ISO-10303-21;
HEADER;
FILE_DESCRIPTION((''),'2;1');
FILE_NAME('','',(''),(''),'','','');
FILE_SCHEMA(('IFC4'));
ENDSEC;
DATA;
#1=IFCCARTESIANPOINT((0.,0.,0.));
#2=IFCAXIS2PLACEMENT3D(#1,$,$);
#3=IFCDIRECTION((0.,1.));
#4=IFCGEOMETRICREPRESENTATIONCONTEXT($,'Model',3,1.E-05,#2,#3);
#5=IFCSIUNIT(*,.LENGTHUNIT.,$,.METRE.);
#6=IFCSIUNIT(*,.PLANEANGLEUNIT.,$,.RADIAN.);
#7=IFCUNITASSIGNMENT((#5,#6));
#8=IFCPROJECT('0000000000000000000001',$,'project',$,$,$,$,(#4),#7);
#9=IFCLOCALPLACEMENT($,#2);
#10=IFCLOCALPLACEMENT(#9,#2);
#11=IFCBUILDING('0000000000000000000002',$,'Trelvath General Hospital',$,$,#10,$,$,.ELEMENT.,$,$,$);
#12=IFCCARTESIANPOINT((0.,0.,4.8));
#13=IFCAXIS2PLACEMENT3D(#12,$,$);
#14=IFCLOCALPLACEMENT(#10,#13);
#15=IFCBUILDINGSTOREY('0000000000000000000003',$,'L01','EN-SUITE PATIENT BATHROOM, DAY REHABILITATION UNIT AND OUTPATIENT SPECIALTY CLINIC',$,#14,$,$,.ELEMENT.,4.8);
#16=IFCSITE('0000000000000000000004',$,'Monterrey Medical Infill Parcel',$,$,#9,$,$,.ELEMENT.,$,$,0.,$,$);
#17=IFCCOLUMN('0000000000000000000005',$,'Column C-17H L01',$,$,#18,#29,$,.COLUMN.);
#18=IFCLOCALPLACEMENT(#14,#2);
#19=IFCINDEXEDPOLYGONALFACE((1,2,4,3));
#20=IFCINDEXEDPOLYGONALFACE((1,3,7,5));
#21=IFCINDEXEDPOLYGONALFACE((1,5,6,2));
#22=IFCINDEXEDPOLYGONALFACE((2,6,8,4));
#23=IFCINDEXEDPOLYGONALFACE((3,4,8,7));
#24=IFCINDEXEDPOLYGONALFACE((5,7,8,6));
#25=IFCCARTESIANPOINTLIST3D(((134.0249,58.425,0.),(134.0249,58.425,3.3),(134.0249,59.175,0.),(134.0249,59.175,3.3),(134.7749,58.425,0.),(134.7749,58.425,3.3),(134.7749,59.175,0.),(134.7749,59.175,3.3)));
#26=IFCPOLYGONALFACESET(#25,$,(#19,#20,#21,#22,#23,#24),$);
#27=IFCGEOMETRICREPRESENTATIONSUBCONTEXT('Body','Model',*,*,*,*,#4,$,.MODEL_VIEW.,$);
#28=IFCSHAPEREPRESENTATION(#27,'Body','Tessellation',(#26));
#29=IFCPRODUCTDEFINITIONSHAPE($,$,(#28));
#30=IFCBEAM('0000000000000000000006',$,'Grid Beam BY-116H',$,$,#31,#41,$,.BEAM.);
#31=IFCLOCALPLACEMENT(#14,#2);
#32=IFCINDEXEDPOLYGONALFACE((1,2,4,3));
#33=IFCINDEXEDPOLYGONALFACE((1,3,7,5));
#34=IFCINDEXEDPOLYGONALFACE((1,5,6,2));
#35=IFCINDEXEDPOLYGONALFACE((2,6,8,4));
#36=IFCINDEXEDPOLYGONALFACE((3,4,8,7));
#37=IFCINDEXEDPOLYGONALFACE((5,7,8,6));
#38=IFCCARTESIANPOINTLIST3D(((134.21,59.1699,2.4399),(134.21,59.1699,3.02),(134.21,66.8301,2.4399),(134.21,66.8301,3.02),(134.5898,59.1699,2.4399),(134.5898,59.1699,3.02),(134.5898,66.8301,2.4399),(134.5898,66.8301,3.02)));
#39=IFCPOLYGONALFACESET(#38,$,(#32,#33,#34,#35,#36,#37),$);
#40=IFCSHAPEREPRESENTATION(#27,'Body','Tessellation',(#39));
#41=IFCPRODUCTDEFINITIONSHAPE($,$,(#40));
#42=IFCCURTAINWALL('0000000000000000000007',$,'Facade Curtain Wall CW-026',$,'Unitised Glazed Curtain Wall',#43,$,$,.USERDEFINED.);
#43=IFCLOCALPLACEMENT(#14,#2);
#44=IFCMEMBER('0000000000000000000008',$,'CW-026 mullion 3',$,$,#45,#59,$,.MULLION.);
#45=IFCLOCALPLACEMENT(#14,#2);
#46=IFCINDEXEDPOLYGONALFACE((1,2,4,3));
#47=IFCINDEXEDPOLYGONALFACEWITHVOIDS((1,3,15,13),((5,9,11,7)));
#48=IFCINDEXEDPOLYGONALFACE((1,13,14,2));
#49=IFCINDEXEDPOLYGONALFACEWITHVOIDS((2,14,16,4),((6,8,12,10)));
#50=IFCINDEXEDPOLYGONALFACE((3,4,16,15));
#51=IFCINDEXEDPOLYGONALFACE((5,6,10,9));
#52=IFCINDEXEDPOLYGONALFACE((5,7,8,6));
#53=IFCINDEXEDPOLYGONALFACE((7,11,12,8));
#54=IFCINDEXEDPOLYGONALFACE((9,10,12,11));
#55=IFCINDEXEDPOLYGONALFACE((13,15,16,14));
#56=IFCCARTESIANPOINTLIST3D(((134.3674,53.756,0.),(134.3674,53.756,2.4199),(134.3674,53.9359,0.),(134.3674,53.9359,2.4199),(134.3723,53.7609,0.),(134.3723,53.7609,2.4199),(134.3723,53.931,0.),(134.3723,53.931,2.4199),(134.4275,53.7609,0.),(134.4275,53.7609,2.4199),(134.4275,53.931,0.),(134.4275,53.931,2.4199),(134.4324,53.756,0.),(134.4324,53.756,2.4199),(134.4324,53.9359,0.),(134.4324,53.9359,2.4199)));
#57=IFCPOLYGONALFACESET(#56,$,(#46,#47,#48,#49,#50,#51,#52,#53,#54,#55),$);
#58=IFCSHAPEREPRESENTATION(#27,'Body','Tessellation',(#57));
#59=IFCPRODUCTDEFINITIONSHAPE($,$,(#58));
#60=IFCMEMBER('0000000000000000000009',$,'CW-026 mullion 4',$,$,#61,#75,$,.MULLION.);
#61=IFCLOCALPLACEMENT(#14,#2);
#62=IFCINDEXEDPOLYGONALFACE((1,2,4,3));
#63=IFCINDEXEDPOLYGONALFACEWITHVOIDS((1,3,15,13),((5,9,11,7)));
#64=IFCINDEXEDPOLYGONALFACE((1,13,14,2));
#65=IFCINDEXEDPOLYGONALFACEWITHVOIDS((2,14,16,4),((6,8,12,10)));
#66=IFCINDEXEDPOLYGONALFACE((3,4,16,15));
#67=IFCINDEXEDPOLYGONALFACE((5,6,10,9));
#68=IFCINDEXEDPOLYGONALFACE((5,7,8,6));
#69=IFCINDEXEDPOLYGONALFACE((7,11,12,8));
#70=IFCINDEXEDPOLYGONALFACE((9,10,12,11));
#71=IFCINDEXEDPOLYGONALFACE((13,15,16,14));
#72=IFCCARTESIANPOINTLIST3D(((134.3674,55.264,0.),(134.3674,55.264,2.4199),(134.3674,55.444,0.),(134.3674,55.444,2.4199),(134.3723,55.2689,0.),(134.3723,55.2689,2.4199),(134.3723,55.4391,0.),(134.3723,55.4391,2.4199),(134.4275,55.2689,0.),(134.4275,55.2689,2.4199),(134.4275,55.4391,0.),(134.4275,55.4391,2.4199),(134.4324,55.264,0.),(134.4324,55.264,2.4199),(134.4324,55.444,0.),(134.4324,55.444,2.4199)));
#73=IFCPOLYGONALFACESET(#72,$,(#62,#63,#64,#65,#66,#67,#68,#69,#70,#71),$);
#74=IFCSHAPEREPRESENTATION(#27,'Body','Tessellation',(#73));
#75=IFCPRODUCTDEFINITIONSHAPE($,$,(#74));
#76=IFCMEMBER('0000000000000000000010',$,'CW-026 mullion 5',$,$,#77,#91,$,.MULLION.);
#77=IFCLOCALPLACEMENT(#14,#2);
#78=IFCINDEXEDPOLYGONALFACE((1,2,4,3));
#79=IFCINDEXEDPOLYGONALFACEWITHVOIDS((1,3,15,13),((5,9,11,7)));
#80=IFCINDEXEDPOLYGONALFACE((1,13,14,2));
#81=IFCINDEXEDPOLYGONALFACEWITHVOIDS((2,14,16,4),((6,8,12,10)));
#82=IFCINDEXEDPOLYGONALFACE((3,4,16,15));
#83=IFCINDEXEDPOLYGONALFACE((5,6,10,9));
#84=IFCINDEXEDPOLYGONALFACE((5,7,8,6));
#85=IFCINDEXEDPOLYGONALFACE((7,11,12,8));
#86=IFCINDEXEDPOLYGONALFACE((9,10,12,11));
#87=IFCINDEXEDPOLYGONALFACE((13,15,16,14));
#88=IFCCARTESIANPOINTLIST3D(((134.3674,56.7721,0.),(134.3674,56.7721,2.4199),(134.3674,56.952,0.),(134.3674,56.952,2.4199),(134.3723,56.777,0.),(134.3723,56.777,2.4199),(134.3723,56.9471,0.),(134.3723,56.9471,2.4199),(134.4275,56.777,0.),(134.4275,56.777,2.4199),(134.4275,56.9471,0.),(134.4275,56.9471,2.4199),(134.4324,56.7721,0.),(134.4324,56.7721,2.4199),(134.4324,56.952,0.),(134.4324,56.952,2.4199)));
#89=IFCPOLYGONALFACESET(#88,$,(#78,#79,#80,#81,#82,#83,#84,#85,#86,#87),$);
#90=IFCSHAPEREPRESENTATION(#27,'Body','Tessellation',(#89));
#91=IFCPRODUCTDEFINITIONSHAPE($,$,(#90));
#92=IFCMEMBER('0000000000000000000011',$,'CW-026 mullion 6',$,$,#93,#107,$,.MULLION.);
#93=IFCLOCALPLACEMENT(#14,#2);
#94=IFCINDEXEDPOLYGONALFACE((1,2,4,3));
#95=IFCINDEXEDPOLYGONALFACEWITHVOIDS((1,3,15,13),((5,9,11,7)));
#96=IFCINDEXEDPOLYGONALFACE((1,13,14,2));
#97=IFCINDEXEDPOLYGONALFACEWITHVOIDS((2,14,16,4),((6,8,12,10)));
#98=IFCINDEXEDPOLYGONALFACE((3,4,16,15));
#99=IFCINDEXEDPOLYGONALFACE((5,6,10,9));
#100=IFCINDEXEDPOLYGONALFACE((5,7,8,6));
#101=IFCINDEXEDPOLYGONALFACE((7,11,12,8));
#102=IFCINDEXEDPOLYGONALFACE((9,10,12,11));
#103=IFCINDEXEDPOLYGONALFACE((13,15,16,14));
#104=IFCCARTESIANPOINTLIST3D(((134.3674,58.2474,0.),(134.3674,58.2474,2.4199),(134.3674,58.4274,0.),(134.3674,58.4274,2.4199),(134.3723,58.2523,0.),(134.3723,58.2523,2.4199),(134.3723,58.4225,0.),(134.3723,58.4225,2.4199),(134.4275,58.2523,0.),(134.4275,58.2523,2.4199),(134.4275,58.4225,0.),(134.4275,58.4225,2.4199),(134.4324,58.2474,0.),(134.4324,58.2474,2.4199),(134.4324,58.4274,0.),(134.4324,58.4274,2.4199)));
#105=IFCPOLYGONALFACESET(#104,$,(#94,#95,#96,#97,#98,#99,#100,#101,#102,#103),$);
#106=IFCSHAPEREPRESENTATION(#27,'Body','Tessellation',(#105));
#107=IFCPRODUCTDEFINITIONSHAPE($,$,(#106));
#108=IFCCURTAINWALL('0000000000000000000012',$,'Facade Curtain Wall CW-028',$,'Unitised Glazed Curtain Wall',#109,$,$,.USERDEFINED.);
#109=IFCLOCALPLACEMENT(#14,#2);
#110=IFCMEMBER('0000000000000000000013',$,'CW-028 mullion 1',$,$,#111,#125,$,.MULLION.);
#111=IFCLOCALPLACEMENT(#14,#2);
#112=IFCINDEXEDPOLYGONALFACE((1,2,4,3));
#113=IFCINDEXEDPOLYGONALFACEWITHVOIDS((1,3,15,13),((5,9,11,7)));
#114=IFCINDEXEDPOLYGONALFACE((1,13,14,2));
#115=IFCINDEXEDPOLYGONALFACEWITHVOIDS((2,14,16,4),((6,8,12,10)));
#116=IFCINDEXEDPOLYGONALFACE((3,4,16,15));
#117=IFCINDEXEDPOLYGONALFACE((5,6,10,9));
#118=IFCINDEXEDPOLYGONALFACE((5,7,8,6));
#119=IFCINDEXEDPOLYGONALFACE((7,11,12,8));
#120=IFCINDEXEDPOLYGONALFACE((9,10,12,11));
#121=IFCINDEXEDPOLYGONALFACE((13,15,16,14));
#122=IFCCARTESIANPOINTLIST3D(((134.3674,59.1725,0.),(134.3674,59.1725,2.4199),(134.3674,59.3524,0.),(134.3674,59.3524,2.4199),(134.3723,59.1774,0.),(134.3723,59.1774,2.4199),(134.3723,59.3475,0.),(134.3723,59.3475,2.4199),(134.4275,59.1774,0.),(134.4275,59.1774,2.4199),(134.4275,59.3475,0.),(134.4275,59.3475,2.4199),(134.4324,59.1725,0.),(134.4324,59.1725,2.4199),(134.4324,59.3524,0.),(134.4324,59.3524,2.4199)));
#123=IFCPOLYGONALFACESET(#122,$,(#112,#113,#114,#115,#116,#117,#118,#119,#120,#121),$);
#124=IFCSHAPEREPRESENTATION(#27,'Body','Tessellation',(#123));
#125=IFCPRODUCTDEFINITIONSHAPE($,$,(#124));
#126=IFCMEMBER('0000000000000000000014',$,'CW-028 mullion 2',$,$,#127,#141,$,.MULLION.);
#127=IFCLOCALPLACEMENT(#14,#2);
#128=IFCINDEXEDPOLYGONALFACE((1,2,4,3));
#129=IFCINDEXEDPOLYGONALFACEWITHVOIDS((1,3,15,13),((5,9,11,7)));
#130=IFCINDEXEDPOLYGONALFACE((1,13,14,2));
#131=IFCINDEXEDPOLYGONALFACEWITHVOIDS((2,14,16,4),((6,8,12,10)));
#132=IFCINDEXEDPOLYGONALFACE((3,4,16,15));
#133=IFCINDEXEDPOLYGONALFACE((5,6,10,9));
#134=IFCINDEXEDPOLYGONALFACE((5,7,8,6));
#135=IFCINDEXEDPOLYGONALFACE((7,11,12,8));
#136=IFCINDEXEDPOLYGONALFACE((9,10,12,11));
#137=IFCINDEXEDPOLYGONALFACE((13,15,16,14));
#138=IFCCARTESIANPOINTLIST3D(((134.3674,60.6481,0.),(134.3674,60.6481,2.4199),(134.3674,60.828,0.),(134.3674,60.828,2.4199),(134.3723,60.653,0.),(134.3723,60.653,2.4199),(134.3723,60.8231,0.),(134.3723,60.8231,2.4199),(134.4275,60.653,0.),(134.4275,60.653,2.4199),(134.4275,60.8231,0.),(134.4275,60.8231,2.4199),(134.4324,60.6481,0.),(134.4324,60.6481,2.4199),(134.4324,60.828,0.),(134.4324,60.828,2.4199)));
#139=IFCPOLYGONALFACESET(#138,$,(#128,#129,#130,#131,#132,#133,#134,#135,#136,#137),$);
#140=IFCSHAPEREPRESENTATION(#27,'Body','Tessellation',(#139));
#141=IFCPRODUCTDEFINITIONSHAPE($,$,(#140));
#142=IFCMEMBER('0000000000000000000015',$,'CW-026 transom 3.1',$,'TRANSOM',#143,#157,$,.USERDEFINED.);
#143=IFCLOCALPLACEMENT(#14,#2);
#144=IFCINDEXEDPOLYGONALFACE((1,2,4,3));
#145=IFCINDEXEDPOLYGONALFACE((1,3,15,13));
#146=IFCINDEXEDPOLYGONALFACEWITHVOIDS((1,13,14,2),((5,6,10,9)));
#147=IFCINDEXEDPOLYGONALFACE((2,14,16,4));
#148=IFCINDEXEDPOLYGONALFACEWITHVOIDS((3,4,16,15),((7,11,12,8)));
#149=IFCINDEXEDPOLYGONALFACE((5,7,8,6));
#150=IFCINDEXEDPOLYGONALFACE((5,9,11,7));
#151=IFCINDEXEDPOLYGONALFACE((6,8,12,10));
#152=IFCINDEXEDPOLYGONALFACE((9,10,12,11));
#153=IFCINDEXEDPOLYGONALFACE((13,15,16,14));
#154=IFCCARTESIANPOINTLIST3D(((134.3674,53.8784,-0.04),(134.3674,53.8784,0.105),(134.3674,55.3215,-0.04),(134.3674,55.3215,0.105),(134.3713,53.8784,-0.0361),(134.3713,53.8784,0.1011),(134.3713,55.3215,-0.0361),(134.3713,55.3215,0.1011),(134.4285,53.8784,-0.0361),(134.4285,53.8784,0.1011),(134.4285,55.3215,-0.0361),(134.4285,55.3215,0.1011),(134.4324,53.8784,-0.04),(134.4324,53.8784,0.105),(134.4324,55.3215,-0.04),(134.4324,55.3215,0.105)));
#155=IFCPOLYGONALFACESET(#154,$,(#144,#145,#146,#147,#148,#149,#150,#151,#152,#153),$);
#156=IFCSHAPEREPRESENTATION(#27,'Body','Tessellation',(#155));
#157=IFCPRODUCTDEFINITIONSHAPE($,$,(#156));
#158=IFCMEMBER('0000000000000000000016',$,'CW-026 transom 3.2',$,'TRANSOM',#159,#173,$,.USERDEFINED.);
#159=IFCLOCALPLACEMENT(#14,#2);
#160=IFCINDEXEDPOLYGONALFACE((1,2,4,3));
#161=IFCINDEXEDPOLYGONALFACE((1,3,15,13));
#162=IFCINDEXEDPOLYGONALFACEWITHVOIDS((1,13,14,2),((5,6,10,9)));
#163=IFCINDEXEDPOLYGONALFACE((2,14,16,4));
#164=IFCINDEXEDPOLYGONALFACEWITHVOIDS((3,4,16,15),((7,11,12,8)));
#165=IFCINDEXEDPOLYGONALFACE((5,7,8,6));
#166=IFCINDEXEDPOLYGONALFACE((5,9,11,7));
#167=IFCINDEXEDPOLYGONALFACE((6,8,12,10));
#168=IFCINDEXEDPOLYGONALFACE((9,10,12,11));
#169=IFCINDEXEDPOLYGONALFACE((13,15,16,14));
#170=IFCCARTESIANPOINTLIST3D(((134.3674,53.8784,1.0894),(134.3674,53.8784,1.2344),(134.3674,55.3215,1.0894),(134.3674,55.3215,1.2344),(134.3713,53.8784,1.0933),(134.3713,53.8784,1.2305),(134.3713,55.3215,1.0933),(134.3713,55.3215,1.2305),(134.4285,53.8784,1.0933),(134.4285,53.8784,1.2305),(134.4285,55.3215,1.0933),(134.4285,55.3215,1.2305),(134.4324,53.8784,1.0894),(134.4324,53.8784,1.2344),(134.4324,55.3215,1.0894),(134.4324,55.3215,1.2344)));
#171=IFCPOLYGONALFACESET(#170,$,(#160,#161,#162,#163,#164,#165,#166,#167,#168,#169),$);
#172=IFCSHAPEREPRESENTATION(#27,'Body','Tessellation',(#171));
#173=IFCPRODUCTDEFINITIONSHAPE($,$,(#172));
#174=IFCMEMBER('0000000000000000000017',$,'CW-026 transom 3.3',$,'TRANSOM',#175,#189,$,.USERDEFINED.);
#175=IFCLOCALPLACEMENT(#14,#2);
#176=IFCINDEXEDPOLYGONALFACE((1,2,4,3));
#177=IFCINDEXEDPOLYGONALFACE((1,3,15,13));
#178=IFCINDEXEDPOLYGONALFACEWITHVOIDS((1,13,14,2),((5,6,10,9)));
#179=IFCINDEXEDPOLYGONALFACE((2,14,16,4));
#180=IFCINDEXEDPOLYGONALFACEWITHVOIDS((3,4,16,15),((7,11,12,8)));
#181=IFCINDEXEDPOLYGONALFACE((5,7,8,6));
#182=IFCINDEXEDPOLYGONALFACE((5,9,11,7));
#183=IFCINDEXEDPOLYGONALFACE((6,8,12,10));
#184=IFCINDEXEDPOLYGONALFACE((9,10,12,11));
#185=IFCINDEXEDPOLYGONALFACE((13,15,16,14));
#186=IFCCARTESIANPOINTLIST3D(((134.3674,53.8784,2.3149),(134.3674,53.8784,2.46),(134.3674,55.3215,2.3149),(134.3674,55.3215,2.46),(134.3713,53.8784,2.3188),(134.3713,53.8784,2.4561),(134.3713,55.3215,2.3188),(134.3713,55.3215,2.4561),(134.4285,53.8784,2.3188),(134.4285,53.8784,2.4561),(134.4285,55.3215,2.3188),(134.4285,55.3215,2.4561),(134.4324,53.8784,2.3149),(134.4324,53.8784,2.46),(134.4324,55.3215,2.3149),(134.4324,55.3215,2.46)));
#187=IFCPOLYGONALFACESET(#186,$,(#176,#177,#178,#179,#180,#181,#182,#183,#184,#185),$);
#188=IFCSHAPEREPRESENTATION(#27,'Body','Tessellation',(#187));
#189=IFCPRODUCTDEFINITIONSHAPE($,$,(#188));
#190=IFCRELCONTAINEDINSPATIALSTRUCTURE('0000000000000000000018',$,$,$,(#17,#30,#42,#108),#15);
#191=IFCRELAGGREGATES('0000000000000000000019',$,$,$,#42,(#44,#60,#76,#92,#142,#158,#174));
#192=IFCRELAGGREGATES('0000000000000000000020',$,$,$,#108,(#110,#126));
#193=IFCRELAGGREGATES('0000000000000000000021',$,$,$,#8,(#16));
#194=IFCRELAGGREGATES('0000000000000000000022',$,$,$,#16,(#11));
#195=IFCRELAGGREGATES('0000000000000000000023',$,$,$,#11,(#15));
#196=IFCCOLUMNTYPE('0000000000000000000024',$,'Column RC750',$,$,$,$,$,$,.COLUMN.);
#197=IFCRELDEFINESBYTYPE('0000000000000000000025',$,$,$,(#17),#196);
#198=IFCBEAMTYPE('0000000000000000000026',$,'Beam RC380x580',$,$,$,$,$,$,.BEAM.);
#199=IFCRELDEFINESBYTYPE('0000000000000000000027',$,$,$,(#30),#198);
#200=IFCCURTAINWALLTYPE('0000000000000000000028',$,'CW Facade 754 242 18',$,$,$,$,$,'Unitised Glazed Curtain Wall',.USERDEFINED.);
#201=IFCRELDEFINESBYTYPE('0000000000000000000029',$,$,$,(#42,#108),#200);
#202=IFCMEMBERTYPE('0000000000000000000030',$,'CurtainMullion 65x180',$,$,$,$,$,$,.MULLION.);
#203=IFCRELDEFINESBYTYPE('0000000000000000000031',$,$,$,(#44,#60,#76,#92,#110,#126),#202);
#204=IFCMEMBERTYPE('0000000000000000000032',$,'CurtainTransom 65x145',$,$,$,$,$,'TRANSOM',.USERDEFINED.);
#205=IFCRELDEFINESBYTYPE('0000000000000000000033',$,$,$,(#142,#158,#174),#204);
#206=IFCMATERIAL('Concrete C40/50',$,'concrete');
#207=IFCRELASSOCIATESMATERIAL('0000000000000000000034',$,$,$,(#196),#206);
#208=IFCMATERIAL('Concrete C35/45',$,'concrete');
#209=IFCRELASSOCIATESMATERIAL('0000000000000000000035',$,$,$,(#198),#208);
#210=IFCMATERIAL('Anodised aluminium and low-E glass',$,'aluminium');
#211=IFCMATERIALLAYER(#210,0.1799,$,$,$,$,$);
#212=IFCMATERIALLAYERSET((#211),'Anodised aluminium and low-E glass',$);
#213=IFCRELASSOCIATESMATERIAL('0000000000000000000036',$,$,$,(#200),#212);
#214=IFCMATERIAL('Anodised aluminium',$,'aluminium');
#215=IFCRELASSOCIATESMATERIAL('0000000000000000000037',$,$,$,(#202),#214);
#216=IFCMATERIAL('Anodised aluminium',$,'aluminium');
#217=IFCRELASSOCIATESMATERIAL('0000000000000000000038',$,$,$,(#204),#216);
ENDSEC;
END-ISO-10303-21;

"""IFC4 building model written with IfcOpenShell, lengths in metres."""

from ifc_helpers import new_model, si_unit, direction, frame, origin, origin_2d, place, context, subcontext, project, spatial, rectangle, hollow_rectangle, extrude, material, layer, layer_set, material_profile, profile_set, type_object, element, aggregate, save


model = new_model("IFC4")

# Units and contexts
model_context = context("Model", 3, precision=1e-05, world=origin(), true_north=direction((0.0, 1.0)))
body_context = subcontext(model_context, "Body", "Model", "MODEL_VIEW")
ifc_project = project(units=[si_unit("LENGTHUNIT", "METRE"), si_unit("PLANEANGLEUNIT", "RADIAN")], contexts=[model_context])

# Site, building, storey
site_placement = place(None, origin())
site = spatial("IfcSite", under=ifc_project, at=site_placement, Name="Monterrey Medical Infill Parcel", CompositionType="ELEMENT", RefElevation=0.0)
building_placement = place(site_placement, origin())
building = spatial("IfcBuilding", under=site, at=building_placement, Name="Trelvath General Hospital", CompositionType="ELEMENT")
storey_placement = place(building_placement, frame((0.0, 0.0, 4.8)))
storey = spatial("IfcBuildingStorey", under=building, at=storey_placement, Name="L01", Description="EN-SUITE PATIENT BATHROOM, DAY REHABILITATION UNIT AND OUTPATIENT SPECIALTY CLINIC", CompositionType="ELEMENT", Elevation=4.8)

# Column
ifc_material_1 = material(Name="Concrete C40/50", Category="concrete")
ifc_material_profile_1 = material_profile(ifc_material_1, rectangle(XDim=0.75, YDim=0.75, at=origin_2d()), Name="RC750x750")
ifc_profile_set_1 = profile_set([ifc_material_profile_1], Name="Concrete C40/50")
column_type = type_object("IfcColumnType", Name="Column RC750", PredefinedType="COLUMN", material=ifc_profile_set_1)
column_placement = place(storey_placement, frame((134.3999, 58.8, 0.0), z_axis=(0.0, 0.0, 1.0), x_axis=(1.0, 0.0, 0.0)))
element("IfcColumn", 1, at=column_placement, inside=storey, type_object=column_type, Name="Column C-17H L01", PredefinedType="COLUMN", context=body_context, shape_type="SweptSolid", body=[
    extrude(rectangle(XDim=0.75, YDim=0.75, at=origin_2d()), origin(), (0.0, 0.0, 1.0), 3.3),
])

# Beam
ifc_material_2 = material(Name="Concrete C35/45", Category="concrete")
ifc_material_profile_2 = material_profile(ifc_material_2, rectangle(XDim=0.3799, YDim=0.5801, at=origin_2d()), Name="RCB380x580")
ifc_profile_set_2 = profile_set([ifc_material_profile_2], Name="Concrete C35/45")
beam_type = type_object("IfcBeamType", Name="Beam RC380x580", PredefinedType="BEAM", material=ifc_profile_set_2)
beam_placement = place(storey_placement, frame((134.3999, 59.1699, 2.73), z_axis=(0.0, 1.0, 0.0), x_axis=(-1.0, 0.0, 0.0)))
element("IfcBeam", 2, at=beam_placement, inside=storey, type_object=beam_type, Name="Grid Beam BY-116H", PredefinedType="BEAM", context=body_context, shape_type="SweptSolid", body=[
    extrude(rectangle(XDim=0.3799, YDim=0.5801, at=origin_2d()), origin(), (0.0, 0.0, 1.0), 7.6602),
])

# Curtain walls, members
ifc_material_3 = material(Name="Anodised aluminium and low-E glass", Category="aluminium")
ifc_layer_1 = layer(ifc_material_3, 0.1799)
ifc_layer_set_1 = layer_set([ifc_layer_1], Name="Anodised aluminium and low-E glass")
curtain_wall_type = type_object("IfcCurtainWallType", Name="CW Facade 754 242 18", ElementType="Unitised Glazed Curtain Wall", PredefinedType="USERDEFINED", material=ifc_layer_set_1)
curtain_wall_1_placement = place(storey_placement, origin())
curtain_wall_1 = element("IfcCurtainWall", 3, at=curtain_wall_1_placement, inside=storey, type_object=curtain_wall_type, Name="Facade Curtain Wall CW-026", ObjectType="Unitised Glazed Curtain Wall", PredefinedType="USERDEFINED")
ifc_material_4 = material(Name="Anodised aluminium", Category="aluminium")
ifc_material_profile_3 = material_profile(ifc_material_4, hollow_rectangle(XDim=0.0649, YDim=0.1799, WallThickness=0.0049, at=origin_2d()), Name="RHS65x180x5")
ifc_profile_set_3 = profile_set([ifc_material_profile_3], Name="Anodised aluminium")
member_type_1 = type_object("IfcMemberType", Name="CurtainMullion 65x180", PredefinedType="MULLION", material=ifc_profile_set_3)
member_1_placement = place(storey_placement, frame((134.3999, 53.8459, 0.0), z_axis=(0.0, 0.0, 1.0), x_axis=(-1.0, 0.0, 0.0)))
member_1 = element("IfcMember", 4, at=member_1_placement, type_object=member_type_1, Name="CW-026 mullion 3", PredefinedType="MULLION", context=body_context, shape_type="SweptSolid", body=[
    extrude(hollow_rectangle(XDim=0.0649, YDim=0.1799, WallThickness=0.0049, at=origin_2d()), origin(), (0.0, 0.0, 1.0), 2.4199),
])
member_2_placement = place(storey_placement, frame((134.3999, 55.354, 0.0), z_axis=(0.0, 0.0, 1.0), x_axis=(-1.0, 0.0, 0.0)))
member_2 = element("IfcMember", 5, at=member_2_placement, type_object=member_type_1, Name="CW-026 mullion 4", PredefinedType="MULLION", context=body_context, shape_type="SweptSolid", body=[
    extrude(hollow_rectangle(XDim=0.0649, YDim=0.1799, WallThickness=0.0049, at=origin_2d()), origin(), (0.0, 0.0, 1.0), 2.4199),
])
member_3_placement = place(storey_placement, frame((134.3999, 56.8621, 0.0), z_axis=(0.0, 0.0, 1.0), x_axis=(-1.0, 0.0, 0.0)))
member_3 = element("IfcMember", 6, at=member_3_placement, type_object=member_type_1, Name="CW-026 mullion 5", PredefinedType="MULLION", context=body_context, shape_type="SweptSolid", body=[
    extrude(hollow_rectangle(XDim=0.0649, YDim=0.1799, WallThickness=0.0049, at=origin_2d()), origin(), (0.0, 0.0, 1.0), 2.4199),
])
member_4_placement = place(storey_placement, frame((134.3999, 58.3374, 0.0), z_axis=(0.0, 0.0, 1.0), x_axis=(-1.0, 0.0, 0.0)))
member_4 = element("IfcMember", 7, at=member_4_placement, type_object=member_type_1, Name="CW-026 mullion 6", PredefinedType="MULLION", context=body_context, shape_type="SweptSolid", body=[
    extrude(hollow_rectangle(XDim=0.0649, YDim=0.1799, WallThickness=0.0049, at=origin_2d()), origin(), (0.0, 0.0, 1.0), 2.4199),
])
curtain_wall_2_placement = place(storey_placement, origin())
curtain_wall_2 = element("IfcCurtainWall", 8, at=curtain_wall_2_placement, inside=storey, type_object=curtain_wall_type, Name="Facade Curtain Wall CW-028", ObjectType="Unitised Glazed Curtain Wall", PredefinedType="USERDEFINED")
member_5_placement = place(storey_placement, frame((134.3999, 59.2625, 0.0), z_axis=(0.0, 0.0, 1.0), x_axis=(-1.0, 0.0, 0.0)))
member_5 = element("IfcMember", 9, at=member_5_placement, type_object=member_type_1, Name="CW-028 mullion 1", PredefinedType="MULLION", context=body_context, shape_type="SweptSolid", body=[
    extrude(hollow_rectangle(XDim=0.0649, YDim=0.1799, WallThickness=0.0049, at=origin_2d()), origin(), (0.0, 0.0, 1.0), 2.4199),
])
member_6_placement = place(storey_placement, frame((134.3999, 60.738, 0.0), z_axis=(0.0, 0.0, 1.0), x_axis=(-1.0, 0.0, 0.0)))
member_6 = element("IfcMember", 10, at=member_6_placement, type_object=member_type_1, Name="CW-028 mullion 2", PredefinedType="MULLION", context=body_context, shape_type="SweptSolid", body=[
    extrude(hollow_rectangle(XDim=0.0649, YDim=0.1799, WallThickness=0.0049, at=origin_2d()), origin(), (0.0, 0.0, 1.0), 2.4199),
])

# Members
ifc_material_5 = material(Name="Anodised aluminium", Category="aluminium")
ifc_material_profile_4 = material_profile(ifc_material_5, hollow_rectangle(XDim=0.0649, YDim=0.145, WallThickness=0.0039, at=origin_2d()), Name="RHS65x145x4")
ifc_profile_set_4 = profile_set([ifc_material_profile_4], Name="Anodised aluminium")
member_type_2 = type_object("IfcMemberType", Name="CurtainTransom 65x145", ElementType="TRANSOM", PredefinedType="USERDEFINED", material=ifc_profile_set_4)
member_7_placement = place(storey_placement, frame((134.3999, 53.8784, 0.0325), z_axis=(0.0, 1.0, 0.0), x_axis=(-1.0, 0.0, 0.0)))
member_7 = element("IfcMember", 11, at=member_7_placement, type_object=member_type_2, Name="CW-026 transom 3.1", ObjectType="TRANSOM", PredefinedType="USERDEFINED", context=body_context, shape_type="SweptSolid", body=[
    extrude(hollow_rectangle(XDim=0.0649, YDim=0.145, WallThickness=0.0039, at=origin_2d()), origin(), (0.0, 0.0, 1.0), 1.4431),
])
member_8_placement = place(storey_placement, frame((134.3999, 53.8784, 1.1619), z_axis=(0.0, 1.0, 0.0), x_axis=(-1.0, 0.0, 0.0)))
member_8 = element("IfcMember", 12, at=member_8_placement, type_object=member_type_2, Name="CW-026 transom 3.2", ObjectType="TRANSOM", PredefinedType="USERDEFINED", context=body_context, shape_type="SweptSolid", body=[
    extrude(hollow_rectangle(XDim=0.0649, YDim=0.145, WallThickness=0.0039, at=origin_2d()), origin(), (0.0, 0.0, 1.0), 1.4431),
])
member_9_placement = place(storey_placement, frame((134.3999, 53.8784, 2.3875), z_axis=(0.0, 1.0, 0.0), x_axis=(-1.0, 0.0, 0.0)))
member_9 = element("IfcMember", 13, at=member_9_placement, type_object=member_type_2, Name="CW-026 transom 3.3", ObjectType="TRANSOM", PredefinedType="USERDEFINED", context=body_context, shape_type="SweptSolid", body=[
    extrude(hollow_rectangle(XDim=0.0649, YDim=0.145, WallThickness=0.0039, at=origin_2d()), origin(), (0.0, 0.0, 1.0), 1.4431),
])

aggregate(curtain_wall_1, [member_1, member_2, member_3, member_4, member_7, member_8, member_9])
aggregate(curtain_wall_2, [member_5, member_6])

save(model, "model.ifc")
